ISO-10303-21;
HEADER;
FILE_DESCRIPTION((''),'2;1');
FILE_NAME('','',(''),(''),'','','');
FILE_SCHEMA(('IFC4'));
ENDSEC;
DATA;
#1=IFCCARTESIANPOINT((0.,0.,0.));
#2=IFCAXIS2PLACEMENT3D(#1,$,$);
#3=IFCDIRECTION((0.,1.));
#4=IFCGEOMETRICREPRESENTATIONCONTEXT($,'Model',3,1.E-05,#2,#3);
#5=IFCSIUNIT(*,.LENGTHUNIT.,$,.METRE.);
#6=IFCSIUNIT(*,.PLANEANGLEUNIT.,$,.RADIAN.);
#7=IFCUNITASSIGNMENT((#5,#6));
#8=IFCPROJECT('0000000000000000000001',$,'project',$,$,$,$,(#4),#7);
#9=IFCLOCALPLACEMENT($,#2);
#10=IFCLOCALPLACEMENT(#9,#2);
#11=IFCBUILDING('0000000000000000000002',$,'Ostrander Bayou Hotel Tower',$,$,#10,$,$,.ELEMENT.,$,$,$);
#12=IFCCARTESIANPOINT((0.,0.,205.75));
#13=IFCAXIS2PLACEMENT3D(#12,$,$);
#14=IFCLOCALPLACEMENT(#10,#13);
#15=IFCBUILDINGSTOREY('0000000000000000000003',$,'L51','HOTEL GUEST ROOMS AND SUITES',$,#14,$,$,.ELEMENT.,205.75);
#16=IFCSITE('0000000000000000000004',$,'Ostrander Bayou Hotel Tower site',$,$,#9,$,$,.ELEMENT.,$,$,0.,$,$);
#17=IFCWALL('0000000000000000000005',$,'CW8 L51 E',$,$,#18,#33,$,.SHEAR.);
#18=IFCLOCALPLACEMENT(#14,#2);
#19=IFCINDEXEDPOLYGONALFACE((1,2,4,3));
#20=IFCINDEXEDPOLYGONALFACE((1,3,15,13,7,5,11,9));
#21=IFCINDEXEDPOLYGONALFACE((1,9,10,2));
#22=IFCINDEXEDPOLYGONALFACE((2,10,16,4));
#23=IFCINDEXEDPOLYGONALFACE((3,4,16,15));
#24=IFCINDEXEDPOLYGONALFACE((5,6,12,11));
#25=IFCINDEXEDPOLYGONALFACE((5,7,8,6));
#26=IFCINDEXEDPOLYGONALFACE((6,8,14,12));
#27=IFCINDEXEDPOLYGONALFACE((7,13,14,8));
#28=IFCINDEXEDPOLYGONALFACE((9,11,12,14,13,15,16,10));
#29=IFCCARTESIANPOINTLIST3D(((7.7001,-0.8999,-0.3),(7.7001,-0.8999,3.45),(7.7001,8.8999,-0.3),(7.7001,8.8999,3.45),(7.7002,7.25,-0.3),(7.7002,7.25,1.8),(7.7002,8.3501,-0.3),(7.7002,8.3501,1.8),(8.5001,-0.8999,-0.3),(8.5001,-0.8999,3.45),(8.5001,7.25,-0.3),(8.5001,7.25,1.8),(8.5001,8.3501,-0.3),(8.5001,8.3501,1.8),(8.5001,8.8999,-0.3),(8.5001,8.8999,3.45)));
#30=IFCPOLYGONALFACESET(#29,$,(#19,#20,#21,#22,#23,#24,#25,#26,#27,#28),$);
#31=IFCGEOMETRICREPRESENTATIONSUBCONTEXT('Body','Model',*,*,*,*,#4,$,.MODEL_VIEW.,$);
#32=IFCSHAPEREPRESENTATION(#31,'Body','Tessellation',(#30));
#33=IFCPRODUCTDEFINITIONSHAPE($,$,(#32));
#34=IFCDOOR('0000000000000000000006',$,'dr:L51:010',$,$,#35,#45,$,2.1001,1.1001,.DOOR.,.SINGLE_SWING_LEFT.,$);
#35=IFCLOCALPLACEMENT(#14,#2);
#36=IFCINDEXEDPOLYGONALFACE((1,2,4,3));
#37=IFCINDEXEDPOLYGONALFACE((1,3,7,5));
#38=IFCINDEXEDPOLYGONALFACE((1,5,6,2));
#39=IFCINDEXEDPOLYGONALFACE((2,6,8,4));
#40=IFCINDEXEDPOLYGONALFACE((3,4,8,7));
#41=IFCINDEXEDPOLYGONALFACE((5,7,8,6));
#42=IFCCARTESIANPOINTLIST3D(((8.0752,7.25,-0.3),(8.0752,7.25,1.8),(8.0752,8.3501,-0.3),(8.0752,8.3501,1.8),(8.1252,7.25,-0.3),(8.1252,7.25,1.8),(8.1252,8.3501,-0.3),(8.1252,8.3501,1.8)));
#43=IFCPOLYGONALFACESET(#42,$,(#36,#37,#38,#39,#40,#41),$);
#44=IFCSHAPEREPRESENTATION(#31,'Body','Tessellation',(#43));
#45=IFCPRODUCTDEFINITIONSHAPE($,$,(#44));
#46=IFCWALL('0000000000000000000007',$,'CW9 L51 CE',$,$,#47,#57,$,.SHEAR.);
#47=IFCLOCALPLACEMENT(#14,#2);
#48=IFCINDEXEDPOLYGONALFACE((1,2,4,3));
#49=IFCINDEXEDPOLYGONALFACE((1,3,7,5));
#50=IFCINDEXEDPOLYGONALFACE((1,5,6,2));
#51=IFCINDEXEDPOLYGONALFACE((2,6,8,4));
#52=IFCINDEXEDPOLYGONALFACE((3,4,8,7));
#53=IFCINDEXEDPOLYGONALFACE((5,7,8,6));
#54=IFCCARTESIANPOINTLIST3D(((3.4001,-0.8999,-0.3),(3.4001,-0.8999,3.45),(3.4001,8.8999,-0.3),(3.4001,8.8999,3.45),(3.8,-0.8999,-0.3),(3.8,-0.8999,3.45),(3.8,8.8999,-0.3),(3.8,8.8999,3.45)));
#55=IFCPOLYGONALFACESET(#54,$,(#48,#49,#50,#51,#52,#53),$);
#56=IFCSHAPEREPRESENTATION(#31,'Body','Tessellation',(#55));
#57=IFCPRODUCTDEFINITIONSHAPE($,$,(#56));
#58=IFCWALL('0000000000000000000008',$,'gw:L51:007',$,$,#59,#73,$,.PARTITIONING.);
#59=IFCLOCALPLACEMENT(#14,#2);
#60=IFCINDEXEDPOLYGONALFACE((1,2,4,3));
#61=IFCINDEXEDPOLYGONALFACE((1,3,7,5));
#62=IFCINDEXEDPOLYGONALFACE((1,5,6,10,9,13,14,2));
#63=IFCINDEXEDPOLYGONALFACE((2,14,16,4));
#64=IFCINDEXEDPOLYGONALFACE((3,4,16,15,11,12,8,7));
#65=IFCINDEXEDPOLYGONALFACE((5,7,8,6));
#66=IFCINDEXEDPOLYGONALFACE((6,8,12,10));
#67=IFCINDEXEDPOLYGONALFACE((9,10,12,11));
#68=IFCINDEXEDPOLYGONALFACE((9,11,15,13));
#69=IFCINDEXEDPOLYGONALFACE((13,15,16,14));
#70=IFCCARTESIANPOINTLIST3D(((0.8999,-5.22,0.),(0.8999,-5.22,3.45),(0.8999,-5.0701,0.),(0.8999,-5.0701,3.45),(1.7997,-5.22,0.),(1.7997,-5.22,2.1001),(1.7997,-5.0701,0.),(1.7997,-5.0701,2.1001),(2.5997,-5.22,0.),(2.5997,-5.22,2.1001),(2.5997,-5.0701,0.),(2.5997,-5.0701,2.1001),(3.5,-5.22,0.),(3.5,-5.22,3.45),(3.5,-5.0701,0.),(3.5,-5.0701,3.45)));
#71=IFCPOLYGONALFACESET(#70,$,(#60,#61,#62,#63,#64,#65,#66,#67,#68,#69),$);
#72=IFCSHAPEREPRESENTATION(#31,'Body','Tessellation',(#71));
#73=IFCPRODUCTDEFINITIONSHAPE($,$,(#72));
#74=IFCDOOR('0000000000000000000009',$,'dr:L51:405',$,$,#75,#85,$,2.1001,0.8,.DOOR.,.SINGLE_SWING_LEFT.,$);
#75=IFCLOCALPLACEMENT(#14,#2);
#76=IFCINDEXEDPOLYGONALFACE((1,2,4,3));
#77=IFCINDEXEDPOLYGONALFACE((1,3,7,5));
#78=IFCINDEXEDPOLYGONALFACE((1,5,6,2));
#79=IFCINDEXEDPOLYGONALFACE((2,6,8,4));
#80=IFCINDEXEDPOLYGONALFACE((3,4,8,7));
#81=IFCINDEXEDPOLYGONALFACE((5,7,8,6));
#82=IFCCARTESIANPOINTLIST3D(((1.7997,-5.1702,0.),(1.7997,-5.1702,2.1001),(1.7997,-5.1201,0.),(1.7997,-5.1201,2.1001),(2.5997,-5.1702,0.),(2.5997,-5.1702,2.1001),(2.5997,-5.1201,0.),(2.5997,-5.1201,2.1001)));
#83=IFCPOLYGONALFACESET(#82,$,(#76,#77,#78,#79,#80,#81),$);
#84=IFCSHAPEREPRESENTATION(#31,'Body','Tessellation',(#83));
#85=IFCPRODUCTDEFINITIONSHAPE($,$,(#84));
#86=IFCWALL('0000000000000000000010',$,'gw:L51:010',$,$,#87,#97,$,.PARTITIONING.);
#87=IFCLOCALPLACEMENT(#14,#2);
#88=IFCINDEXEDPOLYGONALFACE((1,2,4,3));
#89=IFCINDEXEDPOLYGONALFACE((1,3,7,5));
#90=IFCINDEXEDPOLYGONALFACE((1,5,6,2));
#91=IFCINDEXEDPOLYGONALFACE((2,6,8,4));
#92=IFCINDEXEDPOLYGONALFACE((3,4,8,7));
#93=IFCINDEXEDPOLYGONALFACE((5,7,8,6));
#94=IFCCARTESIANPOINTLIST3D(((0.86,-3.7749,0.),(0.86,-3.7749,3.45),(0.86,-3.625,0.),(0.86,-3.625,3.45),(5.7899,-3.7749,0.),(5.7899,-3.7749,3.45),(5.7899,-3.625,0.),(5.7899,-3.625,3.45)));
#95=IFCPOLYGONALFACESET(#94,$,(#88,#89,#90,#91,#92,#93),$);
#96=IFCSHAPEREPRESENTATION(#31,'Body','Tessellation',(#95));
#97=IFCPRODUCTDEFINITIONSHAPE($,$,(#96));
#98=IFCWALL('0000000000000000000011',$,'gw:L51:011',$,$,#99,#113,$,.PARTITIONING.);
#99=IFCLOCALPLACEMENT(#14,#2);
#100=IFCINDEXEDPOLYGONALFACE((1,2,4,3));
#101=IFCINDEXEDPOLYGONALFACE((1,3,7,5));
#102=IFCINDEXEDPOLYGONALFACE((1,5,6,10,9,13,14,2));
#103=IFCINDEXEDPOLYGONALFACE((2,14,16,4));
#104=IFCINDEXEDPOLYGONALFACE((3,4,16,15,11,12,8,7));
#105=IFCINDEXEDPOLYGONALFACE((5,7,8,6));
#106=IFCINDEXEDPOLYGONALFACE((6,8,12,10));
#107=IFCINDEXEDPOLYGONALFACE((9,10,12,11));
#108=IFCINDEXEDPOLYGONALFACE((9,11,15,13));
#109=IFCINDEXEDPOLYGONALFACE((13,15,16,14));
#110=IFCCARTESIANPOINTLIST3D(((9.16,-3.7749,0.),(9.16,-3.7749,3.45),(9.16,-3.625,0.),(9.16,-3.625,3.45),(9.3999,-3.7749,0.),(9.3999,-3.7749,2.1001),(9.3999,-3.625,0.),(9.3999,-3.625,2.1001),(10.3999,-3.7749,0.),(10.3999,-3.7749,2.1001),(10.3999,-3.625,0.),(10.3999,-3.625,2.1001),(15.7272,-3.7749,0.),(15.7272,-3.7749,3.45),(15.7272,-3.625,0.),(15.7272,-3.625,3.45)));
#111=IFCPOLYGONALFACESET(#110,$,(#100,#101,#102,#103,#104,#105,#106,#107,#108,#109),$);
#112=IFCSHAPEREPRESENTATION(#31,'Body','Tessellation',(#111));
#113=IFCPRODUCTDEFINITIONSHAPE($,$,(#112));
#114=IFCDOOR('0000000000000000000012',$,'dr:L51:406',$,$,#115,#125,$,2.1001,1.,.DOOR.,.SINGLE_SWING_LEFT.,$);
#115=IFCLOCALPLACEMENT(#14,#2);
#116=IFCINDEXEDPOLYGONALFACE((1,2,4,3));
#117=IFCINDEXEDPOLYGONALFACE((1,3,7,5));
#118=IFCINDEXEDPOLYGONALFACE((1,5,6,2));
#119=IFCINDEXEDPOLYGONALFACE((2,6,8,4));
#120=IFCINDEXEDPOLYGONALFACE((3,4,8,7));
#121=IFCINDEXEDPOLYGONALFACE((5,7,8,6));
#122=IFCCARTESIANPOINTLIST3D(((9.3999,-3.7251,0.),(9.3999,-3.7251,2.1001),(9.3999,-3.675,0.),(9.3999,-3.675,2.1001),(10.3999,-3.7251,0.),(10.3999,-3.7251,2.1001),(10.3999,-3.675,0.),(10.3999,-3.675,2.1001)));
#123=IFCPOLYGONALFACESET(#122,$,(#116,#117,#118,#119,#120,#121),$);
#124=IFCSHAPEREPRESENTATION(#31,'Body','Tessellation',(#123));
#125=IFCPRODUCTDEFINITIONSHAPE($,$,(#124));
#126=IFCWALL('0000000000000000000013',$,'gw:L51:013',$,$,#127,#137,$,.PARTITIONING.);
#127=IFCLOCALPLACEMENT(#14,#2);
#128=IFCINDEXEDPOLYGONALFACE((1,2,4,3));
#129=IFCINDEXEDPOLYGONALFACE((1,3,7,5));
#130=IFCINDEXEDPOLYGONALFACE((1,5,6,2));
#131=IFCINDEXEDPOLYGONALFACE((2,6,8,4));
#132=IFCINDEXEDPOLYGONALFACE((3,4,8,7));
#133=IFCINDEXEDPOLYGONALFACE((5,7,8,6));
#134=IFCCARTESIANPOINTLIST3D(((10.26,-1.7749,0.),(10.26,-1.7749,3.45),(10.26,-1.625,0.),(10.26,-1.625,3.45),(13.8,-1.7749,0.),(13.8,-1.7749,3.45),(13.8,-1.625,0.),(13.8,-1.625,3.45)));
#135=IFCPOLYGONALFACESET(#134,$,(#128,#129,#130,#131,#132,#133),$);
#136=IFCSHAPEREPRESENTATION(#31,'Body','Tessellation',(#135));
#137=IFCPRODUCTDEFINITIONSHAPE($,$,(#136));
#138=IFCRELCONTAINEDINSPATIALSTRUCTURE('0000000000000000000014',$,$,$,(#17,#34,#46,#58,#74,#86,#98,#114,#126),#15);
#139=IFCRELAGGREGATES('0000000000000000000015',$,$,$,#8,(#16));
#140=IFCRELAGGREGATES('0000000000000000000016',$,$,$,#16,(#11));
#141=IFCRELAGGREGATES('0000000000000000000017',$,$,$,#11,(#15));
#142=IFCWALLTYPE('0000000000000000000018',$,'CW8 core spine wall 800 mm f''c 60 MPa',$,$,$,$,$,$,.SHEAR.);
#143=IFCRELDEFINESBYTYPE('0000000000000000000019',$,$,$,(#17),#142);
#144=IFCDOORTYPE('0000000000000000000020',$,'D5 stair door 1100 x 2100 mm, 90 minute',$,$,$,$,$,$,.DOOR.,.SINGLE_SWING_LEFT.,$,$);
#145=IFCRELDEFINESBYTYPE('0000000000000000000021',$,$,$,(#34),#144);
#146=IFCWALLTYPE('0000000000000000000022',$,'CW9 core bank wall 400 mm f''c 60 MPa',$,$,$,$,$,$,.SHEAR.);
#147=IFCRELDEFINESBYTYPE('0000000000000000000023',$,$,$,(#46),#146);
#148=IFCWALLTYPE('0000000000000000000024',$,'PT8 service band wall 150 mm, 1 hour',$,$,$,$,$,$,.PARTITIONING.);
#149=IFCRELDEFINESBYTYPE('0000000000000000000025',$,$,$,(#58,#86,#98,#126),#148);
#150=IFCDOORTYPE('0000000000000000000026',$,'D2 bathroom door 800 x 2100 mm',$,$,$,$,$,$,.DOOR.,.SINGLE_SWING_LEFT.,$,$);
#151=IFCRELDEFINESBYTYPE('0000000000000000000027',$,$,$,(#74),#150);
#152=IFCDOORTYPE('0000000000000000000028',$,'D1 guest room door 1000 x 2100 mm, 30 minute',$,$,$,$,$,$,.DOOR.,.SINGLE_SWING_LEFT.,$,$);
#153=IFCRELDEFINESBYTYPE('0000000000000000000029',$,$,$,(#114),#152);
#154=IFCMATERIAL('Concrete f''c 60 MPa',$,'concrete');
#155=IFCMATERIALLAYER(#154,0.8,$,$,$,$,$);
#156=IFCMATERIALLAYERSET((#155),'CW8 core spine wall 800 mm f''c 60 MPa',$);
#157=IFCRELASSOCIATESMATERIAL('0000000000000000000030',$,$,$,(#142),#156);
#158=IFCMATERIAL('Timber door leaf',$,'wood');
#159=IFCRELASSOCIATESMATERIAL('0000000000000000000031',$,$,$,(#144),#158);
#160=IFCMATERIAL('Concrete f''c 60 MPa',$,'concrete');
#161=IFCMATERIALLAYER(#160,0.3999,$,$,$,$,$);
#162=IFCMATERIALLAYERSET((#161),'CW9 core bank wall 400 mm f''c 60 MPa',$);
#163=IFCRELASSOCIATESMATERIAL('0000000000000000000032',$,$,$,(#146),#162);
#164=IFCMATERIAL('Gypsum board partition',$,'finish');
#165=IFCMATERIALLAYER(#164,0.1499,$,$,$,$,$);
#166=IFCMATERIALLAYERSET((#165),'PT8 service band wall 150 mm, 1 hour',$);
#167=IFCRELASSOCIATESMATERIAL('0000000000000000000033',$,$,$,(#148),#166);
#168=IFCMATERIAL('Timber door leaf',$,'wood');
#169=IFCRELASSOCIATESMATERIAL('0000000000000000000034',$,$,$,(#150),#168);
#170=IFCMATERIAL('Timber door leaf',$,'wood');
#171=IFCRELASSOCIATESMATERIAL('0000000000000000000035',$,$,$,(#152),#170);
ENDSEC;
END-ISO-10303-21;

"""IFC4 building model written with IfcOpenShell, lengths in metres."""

from ifc_helpers import new_model, si_unit, direction, frame, frame_2d, origin, place, context, subcontext, project, spatial, rectangle, extrude, material, layer, layer_set, type_object, element, fill, save


model = new_model("IFC4")

# Units and contexts
model_context = context("Model", 3, precision=1e-05, world=origin(), true_north=direction((0.0, 1.0)))
body_context = subcontext(model_context, "Body", "Model", "MODEL_VIEW")
ifc_project = project(units=[si_unit("LENGTHUNIT", "METRE"), si_unit("PLANEANGLEUNIT", "RADIAN")], contexts=[model_context])

# Site, building, storey
site_placement = place(None, origin())
site = spatial("IfcSite", under=ifc_project, at=site_placement, Name="Ostrander Bayou Hotel Tower site", CompositionType="ELEMENT", RefElevation=0.0)
building_placement = place(site_placement, origin())
building = spatial("IfcBuilding", under=site, at=building_placement, Name="Ostrander Bayou Hotel Tower", CompositionType="ELEMENT")
storey_placement = place(building_placement, frame((0.0, 0.0, 205.75)))
storey = spatial("IfcBuildingStorey", under=building, at=storey_placement, Name="L51", Description="HOTEL GUEST ROOMS AND SUITES", CompositionType="ELEMENT", Elevation=205.75)

# Wall, opening, door
ifc_material_1 = material(Name="Concrete f'c 60 MPa", Category="concrete")
ifc_layer_1 = layer(ifc_material_1, 0.8)
ifc_layer_set_1 = layer_set([ifc_layer_1], Name="CW8 core spine wall 800 mm f'c 60 MPa")
wall_type_1 = type_object("IfcWallType", Name="CW8 core spine wall 800 mm f'c 60 MPa", PredefinedType="SHEAR", material=ifc_layer_set_1)
wall_1_placement = place(storey_placement, frame((8.1001, -0.8999, -0.3), z_axis=(0.0, 0.0, 1.0), x_axis=(0.0, 1.0, 0.0)))
wall_1 = element("IfcWall", 1, at=wall_1_placement, inside=storey, type_object=wall_type_1, Name="CW8 L51 E", PredefinedType="SHEAR", context=body_context, shape_type="SweptSolid", body=[
    extrude(rectangle(XDim=9.7998, YDim=0.8, at=frame_2d((4.8999, 0.0))), origin(), (0.0, 0.0, 1.0), 3.75),
])
opening_1_placement = place(wall_1_placement, frame((8.1499, 0.0, 0.0)))
opening_1 = element("IfcOpeningElement", 2, at=opening_1_placement, cuts=wall_1, PredefinedType="OPENING", context=body_context, shape_type="SweptSolid", body=[
    extrude(rectangle(XDim=1.1001, YDim=2.1001, at=frame_2d((0.55, 1.05))), frame((0.0, 0.3999, 0.0), z_axis=(0.0, -1.0, 0.0), x_axis=(1.0, 0.0, 0.0)), (0.0, 0.0, 1.0), 0.8),
])
ifc_material_2 = material(Name="Timber door leaf", Category="wood")
door_type_1 = type_object("IfcDoorType", Name="D5 stair door 1100 x 2100 mm, 90 minute", OperationType="SINGLE_SWING_LEFT", PredefinedType="DOOR", material=ifc_material_2)
door_1_placement = place(opening_1_placement, origin())
door_1 = element("IfcDoor", 3, at=door_1_placement, inside=storey, type_object=door_type_1, Name="dr:L51:010", OperationType="SINGLE_SWING_LEFT", OverallHeight=2.1001, OverallWidth=1.1001, PredefinedType="DOOR", context=body_context, shape_type="SweptSolid", body=[
    extrude(rectangle(XDim=1.1001, YDim=2.1001, at=frame_2d((0.55, 1.05))), frame((0.0, 0.0249, 0.0), z_axis=(0.0, -1.0, 0.0), x_axis=(1.0, 0.0, 0.0)), (0.0, 0.0, 1.0), 0.05),
])
fill(opening_1, door_1)

# Wall
ifc_material_3 = material(Name="Concrete f'c 60 MPa", Category="concrete")
ifc_layer_2 = layer(ifc_material_3, 0.3999)
ifc_layer_set_2 = layer_set([ifc_layer_2], Name="CW9 core bank wall 400 mm f'c 60 MPa")
wall_type_2 = type_object("IfcWallType", Name="CW9 core bank wall 400 mm f'c 60 MPa", PredefinedType="SHEAR", material=ifc_layer_set_2)
wall_2_placement = place(storey_placement, frame((3.6001, -0.8999, -0.3), z_axis=(0.0, 0.0, 1.0), x_axis=(0.0, 1.0, 0.0)))
element("IfcWall", 4, at=wall_2_placement, inside=storey, type_object=wall_type_2, Name="CW9 L51 CE", PredefinedType="SHEAR", context=body_context, shape_type="SweptSolid", body=[
    extrude(rectangle(XDim=9.7998, YDim=0.3999, at=frame_2d((4.8999, 0.0))), origin(), (0.0, 0.0, 1.0), 3.75),
])

# Wall, opening, door
ifc_material_4 = material(Name="Gypsum board partition", Category="finish")
ifc_layer_3 = layer(ifc_material_4, 0.1499)
ifc_layer_set_3 = layer_set([ifc_layer_3], Name="PT8 service band wall 150 mm, 1 hour")
wall_type_3 = type_object("IfcWallType", Name="PT8 service band wall 150 mm, 1 hour", PredefinedType="PARTITIONING", material=ifc_layer_set_3)
wall_3_placement = place(storey_placement, frame((0.8999, -5.145, 0.0), z_axis=(0.0, 0.0, 1.0), x_axis=(1.0, 0.0, 0.0)))
wall_3 = element("IfcWall", 5, at=wall_3_placement, inside=storey, type_object=wall_type_3, Name="gw:L51:007", PredefinedType="PARTITIONING", context=body_context, shape_type="SweptSolid", body=[
    extrude(rectangle(XDim=2.6001, YDim=0.1499, at=frame_2d((1.3, 0.0))), origin(), (0.0, 0.0, 1.0), 3.45),
])
opening_2_placement = place(wall_3_placement, frame((0.8999, 0.0, 0.0)))
opening_2 = element("IfcOpeningElement", 6, at=opening_2_placement, cuts=wall_3, PredefinedType="OPENING", context=body_context, shape_type="SweptSolid", body=[
    extrude(rectangle(XDim=0.8, YDim=2.1001, at=frame_2d((0.3999, 1.05))), frame((0.0, 0.075, 0.0), z_axis=(0.0, -1.0, 0.0), x_axis=(1.0, 0.0, 0.0)), (0.0, 0.0, 1.0), 0.1499),
])
ifc_material_5 = material(Name="Timber door leaf", Category="wood")
door_type_2 = type_object("IfcDoorType", Name="D2 bathroom door 800 x 2100 mm", OperationType="SINGLE_SWING_LEFT", PredefinedType="DOOR", material=ifc_material_5)
door_2_placement = place(opening_2_placement, origin())
door_2 = element("IfcDoor", 7, at=door_2_placement, inside=storey, type_object=door_type_2, Name="dr:L51:405", OperationType="SINGLE_SWING_LEFT", OverallHeight=2.1001, OverallWidth=0.8, PredefinedType="DOOR", context=body_context, shape_type="SweptSolid", body=[
    extrude(rectangle(XDim=0.8, YDim=2.1001, at=frame_2d((0.3999, 1.05))), frame((0.0, 0.0249, 0.0), z_axis=(0.0, -1.0, 0.0), x_axis=(1.0, 0.0, 0.0)), (0.0, 0.0, 1.0), 0.05),
])
fill(opening_2, door_2)

# Wall
wall_4_placement = place(storey_placement, frame((0.8601, -3.7, 0.0), z_axis=(0.0, 0.0, 1.0), x_axis=(1.0, 0.0, 0.0)))
element("IfcWall", 8, at=wall_4_placement, inside=storey, type_object=wall_type_3, Name="gw:L51:010", PredefinedType="PARTITIONING", context=body_context, shape_type="SweptSolid", body=[
    extrude(rectangle(XDim=4.9299, YDim=0.1499, at=frame_2d((2.4648, 0.0))), origin(), (0.0, 0.0, 1.0), 3.45),
])

# Wall, opening, door
wall_5_placement = place(storey_placement, frame((9.1599, -3.7, 0.0), z_axis=(0.0, 0.0, 1.0), x_axis=(1.0, 0.0, 0.0)))
wall_5 = element("IfcWall", 9, at=wall_5_placement, inside=storey, type_object=wall_type_3, Name="gw:L51:011", PredefinedType="PARTITIONING", context=body_context, shape_type="SweptSolid", body=[
    extrude(rectangle(XDim=6.5671, YDim=0.1499, at=frame_2d((3.2837, 0.0))), origin(), (0.0, 0.0, 1.0), 3.45),
])
opening_3_placement = place(wall_5_placement, frame((0.24, 0.0, 0.0)))
opening_3 = element("IfcOpeningElement", 10, at=opening_3_placement, cuts=wall_5, PredefinedType="OPENING", context=body_context, shape_type="SweptSolid", body=[
    extrude(rectangle(XDim=1.0, YDim=2.1001, at=frame_2d((0.5, 1.05))), frame((0.0, 0.075, 0.0), z_axis=(0.0, -1.0, 0.0), x_axis=(1.0, 0.0, 0.0)), (0.0, 0.0, 1.0), 0.1499),
])
ifc_material_6 = material(Name="Timber door leaf", Category="wood")
door_type_3 = type_object("IfcDoorType", Name="D1 guest room door 1000 x 2100 mm, 30 minute", OperationType="SINGLE_SWING_LEFT", PredefinedType="DOOR", material=ifc_material_6)
door_3_placement = place(opening_3_placement, origin())
door_3 = element("IfcDoor", 11, at=door_3_placement, inside=storey, type_object=door_type_3, Name="dr:L51:406", OperationType="SINGLE_SWING_LEFT", OverallHeight=2.1001, OverallWidth=1.0, PredefinedType="DOOR", context=body_context, shape_type="SweptSolid", body=[
    extrude(rectangle(XDim=1.0, YDim=2.1001, at=frame_2d((0.5, 1.05))), frame((0.0, 0.0249, 0.0), z_axis=(0.0, -1.0, 0.0), x_axis=(1.0, 0.0, 0.0)), (0.0, 0.0, 1.0), 0.05),
])
fill(opening_3, door_3)

# Wall
wall_6_placement = place(storey_placement, frame((10.26, -1.7, 0.0), z_axis=(0.0, 0.0, 1.0), x_axis=(1.0, 0.0, 0.0)))
element("IfcWall", 12, at=wall_6_placement, inside=storey, type_object=wall_type_3, Name="gw:L51:013", PredefinedType="PARTITIONING", context=body_context, shape_type="SweptSolid", body=[
    extrude(rectangle(XDim=3.54, YDim=0.1499, at=frame_2d((1.77, 0.0))), origin(), (0.0, 0.0, 1.0), 3.45),
])

save(model, "model.ifc")
